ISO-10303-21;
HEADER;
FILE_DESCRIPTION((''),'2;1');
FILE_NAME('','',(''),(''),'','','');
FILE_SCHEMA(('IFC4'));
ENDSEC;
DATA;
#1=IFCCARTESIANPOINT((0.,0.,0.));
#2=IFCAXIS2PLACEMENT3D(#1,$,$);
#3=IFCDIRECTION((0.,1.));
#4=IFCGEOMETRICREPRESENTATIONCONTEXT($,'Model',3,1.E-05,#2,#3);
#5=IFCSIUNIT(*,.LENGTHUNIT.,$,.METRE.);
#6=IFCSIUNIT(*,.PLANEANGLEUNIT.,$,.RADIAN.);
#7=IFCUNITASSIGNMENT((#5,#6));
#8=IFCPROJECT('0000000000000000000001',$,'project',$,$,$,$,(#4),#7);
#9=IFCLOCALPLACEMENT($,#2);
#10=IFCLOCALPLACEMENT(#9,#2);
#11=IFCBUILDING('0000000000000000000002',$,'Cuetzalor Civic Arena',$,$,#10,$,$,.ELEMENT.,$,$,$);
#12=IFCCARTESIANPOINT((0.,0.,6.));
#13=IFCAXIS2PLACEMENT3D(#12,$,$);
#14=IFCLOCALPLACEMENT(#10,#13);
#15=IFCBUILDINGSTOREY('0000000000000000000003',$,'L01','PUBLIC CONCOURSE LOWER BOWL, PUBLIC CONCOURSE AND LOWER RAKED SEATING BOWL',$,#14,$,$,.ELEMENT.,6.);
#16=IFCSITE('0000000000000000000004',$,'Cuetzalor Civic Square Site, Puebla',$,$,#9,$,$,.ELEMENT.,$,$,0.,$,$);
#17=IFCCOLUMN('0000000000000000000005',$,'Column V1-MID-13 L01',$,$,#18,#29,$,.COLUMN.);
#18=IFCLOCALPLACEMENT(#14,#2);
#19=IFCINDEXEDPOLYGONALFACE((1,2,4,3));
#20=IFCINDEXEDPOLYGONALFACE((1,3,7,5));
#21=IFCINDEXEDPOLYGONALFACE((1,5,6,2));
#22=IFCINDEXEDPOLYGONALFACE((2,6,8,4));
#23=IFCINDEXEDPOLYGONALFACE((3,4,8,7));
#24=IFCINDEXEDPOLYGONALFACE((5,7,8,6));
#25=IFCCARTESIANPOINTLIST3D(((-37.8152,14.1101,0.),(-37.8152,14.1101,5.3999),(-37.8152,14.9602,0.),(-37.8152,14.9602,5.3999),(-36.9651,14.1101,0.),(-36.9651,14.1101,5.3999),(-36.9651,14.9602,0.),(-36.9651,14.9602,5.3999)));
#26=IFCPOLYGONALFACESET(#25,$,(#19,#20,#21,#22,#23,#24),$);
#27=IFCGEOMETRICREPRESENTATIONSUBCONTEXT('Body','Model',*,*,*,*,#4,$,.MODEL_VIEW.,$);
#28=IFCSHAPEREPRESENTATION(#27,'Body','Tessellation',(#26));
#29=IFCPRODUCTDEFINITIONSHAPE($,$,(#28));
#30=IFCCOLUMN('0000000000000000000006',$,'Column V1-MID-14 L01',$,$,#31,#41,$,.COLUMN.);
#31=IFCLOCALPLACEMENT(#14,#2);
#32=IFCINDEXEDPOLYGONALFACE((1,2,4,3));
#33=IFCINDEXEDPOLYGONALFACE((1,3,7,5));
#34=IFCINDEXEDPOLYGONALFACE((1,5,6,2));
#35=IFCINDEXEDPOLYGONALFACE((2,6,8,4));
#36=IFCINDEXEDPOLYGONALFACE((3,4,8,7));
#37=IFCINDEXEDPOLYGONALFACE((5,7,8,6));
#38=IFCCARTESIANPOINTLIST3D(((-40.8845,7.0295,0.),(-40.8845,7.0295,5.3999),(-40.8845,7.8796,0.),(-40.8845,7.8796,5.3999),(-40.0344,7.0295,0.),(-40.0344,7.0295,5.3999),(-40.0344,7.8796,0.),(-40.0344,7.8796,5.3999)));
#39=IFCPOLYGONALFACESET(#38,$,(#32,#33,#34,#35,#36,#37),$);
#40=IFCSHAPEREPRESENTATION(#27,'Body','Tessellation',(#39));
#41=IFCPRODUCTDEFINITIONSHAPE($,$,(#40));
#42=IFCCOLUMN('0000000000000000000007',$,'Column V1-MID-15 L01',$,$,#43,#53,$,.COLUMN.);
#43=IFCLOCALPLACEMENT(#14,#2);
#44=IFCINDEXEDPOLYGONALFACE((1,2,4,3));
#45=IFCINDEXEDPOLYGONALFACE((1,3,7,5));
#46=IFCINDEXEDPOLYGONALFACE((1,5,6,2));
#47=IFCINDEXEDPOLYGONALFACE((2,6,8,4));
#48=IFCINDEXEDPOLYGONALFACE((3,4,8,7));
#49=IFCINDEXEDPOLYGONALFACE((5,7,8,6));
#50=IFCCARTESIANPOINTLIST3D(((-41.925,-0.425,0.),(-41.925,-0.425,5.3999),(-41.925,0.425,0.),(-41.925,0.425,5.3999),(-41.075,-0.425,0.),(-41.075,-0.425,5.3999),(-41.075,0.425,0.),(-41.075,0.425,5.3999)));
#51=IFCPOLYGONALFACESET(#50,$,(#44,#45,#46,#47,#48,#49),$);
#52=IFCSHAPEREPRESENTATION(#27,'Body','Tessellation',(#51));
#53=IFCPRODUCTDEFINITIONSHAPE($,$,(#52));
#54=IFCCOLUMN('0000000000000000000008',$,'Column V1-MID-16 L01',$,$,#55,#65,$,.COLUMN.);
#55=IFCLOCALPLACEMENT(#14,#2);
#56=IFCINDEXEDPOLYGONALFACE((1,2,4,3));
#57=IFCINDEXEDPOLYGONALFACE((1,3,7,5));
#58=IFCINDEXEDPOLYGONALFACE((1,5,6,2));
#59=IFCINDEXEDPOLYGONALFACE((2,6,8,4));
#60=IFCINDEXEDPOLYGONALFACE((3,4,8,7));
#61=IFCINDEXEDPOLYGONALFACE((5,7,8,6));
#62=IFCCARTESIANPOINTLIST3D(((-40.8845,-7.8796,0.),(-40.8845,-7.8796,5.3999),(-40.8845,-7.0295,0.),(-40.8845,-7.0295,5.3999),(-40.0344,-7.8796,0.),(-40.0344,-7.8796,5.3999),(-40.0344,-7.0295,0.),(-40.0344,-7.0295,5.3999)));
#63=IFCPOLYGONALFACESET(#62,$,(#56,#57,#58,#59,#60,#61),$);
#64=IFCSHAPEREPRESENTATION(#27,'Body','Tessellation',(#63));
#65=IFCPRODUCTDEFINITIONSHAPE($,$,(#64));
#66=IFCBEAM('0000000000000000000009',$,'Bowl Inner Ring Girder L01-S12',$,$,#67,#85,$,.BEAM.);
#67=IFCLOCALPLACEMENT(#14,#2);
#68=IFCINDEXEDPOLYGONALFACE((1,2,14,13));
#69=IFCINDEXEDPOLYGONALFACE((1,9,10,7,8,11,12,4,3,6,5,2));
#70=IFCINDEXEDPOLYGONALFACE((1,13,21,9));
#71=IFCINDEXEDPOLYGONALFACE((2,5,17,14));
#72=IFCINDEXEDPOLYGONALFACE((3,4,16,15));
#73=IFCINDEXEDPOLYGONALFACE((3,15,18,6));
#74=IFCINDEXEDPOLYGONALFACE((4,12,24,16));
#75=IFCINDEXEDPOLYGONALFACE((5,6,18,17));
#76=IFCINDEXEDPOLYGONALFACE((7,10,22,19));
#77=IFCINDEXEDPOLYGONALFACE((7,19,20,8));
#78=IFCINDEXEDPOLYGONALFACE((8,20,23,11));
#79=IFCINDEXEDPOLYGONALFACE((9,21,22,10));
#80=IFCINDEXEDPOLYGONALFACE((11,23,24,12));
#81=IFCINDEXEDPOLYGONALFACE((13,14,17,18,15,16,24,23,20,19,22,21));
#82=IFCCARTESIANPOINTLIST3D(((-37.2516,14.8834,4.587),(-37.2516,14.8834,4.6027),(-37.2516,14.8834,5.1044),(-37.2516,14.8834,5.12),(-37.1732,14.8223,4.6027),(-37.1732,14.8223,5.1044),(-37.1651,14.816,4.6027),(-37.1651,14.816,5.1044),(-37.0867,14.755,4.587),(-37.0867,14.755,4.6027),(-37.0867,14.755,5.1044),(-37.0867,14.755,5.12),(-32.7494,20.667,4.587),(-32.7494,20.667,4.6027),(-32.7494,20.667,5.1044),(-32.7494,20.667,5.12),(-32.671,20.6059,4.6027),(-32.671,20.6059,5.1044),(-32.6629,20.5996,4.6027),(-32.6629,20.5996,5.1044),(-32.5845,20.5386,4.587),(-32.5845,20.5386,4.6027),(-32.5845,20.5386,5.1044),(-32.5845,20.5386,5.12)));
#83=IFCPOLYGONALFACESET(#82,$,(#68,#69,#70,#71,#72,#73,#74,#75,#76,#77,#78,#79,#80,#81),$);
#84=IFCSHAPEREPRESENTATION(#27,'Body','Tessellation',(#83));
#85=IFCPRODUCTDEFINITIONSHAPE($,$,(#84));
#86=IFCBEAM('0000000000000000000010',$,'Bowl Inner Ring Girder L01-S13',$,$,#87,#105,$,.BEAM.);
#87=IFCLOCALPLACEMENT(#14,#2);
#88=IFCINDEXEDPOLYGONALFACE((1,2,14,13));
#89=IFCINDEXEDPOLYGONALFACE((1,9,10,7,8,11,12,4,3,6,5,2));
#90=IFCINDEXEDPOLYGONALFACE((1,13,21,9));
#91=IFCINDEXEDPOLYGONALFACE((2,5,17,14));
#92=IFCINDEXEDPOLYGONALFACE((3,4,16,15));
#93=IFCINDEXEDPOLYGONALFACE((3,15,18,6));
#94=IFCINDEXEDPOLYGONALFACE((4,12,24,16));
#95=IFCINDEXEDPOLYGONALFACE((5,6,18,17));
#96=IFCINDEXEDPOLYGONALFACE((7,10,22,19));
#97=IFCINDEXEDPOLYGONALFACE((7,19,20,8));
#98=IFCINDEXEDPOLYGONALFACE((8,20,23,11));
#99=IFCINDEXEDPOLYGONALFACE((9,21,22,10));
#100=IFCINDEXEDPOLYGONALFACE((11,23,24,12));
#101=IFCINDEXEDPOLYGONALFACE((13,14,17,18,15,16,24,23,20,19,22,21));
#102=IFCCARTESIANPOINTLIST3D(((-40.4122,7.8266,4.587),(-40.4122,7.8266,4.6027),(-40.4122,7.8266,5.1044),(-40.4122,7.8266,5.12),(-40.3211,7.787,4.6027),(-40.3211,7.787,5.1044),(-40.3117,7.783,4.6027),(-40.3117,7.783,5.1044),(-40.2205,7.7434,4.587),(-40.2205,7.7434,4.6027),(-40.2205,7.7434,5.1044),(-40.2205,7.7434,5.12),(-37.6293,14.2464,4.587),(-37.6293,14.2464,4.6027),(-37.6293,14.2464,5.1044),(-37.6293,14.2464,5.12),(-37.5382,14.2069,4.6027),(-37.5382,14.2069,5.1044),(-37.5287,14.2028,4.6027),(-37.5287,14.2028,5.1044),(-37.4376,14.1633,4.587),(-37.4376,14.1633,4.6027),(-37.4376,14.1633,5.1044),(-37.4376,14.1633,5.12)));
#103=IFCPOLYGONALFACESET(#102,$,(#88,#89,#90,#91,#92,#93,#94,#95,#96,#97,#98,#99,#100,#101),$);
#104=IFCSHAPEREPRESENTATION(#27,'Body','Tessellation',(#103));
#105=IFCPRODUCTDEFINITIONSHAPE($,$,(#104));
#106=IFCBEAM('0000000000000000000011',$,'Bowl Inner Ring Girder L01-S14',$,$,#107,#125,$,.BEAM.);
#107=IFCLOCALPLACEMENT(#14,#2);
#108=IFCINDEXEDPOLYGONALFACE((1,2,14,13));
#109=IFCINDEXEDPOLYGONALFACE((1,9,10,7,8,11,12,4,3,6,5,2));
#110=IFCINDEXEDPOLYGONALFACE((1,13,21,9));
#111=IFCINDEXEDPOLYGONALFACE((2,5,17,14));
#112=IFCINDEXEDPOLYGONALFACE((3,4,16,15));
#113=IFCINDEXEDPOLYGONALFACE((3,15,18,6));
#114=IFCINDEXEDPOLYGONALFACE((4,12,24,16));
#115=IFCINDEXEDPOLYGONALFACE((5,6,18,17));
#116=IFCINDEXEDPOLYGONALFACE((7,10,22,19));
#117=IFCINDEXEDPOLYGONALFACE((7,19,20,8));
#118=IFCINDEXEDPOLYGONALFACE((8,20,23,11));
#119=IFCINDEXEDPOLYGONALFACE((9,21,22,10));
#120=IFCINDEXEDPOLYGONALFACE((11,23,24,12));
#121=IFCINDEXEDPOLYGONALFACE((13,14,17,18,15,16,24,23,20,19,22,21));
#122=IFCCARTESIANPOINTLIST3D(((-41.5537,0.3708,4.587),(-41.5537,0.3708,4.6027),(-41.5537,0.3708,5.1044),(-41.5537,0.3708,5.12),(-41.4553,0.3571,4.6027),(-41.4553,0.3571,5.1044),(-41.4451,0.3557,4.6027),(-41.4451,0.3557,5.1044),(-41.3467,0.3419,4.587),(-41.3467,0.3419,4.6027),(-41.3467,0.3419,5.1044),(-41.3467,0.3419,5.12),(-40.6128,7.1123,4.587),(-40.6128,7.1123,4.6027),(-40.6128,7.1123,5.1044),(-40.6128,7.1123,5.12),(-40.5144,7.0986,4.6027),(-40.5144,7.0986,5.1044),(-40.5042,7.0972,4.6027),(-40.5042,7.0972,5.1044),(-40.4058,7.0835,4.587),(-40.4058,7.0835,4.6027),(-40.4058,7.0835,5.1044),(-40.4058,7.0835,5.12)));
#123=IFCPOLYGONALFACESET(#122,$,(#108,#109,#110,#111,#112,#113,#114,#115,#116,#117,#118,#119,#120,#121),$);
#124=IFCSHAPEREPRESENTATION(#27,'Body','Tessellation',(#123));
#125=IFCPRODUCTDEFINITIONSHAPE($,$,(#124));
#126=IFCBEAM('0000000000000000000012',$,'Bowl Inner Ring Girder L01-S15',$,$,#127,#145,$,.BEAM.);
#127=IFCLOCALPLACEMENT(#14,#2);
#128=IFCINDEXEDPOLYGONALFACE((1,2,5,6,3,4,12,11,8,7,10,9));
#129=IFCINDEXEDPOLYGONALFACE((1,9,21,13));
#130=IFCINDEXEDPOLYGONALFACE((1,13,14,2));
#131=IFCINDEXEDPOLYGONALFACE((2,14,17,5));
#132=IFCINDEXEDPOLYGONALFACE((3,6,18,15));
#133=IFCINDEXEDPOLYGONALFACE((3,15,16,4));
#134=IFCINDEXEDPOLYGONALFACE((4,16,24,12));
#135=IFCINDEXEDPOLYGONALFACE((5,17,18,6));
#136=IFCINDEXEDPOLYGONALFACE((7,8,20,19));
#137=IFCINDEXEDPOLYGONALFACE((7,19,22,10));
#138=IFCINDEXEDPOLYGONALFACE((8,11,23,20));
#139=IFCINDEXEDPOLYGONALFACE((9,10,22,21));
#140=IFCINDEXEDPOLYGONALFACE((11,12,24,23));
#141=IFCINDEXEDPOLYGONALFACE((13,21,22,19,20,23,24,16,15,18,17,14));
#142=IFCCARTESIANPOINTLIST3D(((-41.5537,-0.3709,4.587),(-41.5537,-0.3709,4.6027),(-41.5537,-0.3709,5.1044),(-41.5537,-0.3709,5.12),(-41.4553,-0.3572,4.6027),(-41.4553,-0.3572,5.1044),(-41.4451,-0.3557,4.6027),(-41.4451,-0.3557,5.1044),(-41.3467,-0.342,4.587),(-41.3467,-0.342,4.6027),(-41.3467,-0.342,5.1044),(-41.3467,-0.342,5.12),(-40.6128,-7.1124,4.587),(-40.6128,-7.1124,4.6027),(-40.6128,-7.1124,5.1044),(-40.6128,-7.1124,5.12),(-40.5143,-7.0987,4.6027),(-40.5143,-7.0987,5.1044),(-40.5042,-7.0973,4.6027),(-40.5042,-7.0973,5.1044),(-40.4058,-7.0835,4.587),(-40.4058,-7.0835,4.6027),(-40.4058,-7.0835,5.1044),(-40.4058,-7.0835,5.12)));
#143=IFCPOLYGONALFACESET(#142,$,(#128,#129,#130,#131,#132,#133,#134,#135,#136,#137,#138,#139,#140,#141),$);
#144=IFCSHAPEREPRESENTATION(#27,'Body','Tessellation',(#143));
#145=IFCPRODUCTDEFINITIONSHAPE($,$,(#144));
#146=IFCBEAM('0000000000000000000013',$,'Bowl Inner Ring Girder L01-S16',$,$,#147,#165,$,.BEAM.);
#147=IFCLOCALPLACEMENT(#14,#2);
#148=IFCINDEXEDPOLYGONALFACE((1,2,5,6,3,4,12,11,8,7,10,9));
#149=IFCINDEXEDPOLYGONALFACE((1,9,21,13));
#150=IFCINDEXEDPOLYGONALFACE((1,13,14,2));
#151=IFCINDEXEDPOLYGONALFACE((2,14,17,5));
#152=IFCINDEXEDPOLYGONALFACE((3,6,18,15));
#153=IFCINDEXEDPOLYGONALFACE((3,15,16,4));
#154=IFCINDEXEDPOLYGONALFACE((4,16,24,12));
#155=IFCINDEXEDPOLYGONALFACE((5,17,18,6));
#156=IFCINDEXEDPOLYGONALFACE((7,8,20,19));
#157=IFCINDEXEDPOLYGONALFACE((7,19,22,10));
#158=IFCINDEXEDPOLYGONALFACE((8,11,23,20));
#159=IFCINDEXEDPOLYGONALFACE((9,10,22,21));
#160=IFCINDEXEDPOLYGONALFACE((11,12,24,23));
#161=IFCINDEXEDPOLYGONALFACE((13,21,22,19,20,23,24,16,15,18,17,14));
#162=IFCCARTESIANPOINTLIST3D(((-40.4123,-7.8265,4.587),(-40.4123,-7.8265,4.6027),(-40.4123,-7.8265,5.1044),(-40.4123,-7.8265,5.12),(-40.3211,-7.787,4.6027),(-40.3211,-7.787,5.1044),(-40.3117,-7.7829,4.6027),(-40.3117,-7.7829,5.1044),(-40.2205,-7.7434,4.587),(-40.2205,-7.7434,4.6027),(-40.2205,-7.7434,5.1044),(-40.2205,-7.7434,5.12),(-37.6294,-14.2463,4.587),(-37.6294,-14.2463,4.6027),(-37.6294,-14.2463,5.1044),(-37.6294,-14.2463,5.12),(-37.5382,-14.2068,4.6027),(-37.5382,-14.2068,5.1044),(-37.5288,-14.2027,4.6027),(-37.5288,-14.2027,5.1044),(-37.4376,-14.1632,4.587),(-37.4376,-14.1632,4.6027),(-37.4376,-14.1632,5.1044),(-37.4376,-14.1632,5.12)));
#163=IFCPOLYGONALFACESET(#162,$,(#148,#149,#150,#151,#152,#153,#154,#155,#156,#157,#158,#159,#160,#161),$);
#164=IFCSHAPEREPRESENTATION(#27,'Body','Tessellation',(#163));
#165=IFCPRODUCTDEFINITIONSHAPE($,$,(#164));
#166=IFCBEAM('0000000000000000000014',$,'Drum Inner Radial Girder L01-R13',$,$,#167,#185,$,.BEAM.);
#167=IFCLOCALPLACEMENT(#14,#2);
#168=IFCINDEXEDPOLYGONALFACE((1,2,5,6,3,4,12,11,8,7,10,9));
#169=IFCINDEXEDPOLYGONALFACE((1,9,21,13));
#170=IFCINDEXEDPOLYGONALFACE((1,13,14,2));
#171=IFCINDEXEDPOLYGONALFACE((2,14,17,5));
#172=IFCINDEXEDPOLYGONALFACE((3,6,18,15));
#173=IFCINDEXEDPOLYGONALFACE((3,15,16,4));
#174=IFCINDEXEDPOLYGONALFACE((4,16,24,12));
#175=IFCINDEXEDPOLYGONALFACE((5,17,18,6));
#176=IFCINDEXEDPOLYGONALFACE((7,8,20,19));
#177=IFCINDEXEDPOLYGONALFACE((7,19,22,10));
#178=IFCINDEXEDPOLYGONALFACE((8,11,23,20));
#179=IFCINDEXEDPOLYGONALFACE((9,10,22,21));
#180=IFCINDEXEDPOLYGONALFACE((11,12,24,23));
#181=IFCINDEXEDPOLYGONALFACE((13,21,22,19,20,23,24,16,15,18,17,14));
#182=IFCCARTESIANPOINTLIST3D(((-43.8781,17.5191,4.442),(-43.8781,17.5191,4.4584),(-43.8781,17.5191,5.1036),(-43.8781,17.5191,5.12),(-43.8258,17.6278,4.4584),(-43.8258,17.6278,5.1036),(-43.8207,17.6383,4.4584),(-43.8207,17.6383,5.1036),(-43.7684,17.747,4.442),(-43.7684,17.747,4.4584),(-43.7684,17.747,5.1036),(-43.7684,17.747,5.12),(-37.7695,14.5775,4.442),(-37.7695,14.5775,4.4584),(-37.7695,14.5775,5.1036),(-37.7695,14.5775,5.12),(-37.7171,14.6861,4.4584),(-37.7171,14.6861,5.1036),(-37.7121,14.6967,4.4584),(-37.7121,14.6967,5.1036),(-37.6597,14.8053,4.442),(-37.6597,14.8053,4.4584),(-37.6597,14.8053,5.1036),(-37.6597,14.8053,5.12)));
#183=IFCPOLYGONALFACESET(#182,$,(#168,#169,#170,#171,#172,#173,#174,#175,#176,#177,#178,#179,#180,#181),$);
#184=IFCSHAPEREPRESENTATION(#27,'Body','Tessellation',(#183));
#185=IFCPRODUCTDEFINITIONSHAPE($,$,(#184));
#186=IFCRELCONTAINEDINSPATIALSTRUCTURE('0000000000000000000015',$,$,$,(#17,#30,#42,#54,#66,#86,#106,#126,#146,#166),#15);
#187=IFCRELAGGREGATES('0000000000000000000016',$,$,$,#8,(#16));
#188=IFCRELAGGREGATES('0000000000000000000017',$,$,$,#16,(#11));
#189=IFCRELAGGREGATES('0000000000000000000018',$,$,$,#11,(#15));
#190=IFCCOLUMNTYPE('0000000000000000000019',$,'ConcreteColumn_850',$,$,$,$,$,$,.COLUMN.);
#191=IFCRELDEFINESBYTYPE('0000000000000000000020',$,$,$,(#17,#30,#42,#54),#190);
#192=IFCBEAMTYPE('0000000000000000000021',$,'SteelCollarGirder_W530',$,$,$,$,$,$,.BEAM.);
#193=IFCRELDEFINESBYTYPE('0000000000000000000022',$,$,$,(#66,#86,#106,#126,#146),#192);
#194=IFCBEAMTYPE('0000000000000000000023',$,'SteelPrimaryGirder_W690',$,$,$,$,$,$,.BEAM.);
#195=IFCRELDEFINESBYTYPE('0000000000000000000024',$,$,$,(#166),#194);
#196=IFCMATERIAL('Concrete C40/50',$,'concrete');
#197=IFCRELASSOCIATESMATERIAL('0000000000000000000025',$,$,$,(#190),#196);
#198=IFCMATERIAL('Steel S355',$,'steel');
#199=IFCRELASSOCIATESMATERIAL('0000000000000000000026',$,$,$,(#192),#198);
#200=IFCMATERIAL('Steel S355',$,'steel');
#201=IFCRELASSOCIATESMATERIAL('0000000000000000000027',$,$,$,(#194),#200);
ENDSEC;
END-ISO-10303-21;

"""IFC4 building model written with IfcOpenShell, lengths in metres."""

from ifc_helpers import new_model, si_unit, direction, frame, origin, origin_2d, place, context, subcontext, project, spatial, rectangle, i_section, extrude, material, material_profile, profile_set, type_object, element, save


model = new_model("IFC4")

# Units and contexts
model_context = context("Model", 3, precision=1e-05, world=origin(), true_north=direction((0.0, 1.0)))
body_context = subcontext(model_context, "Body", "Model", "MODEL_VIEW")
ifc_project = project(units=[si_unit("LENGTHUNIT", "METRE"), si_unit("PLANEANGLEUNIT", "RADIAN")], contexts=[model_context])

# Site, building, storey
site_placement = place(None, origin())
site = spatial("IfcSite", under=ifc_project, at=site_placement, Name="Cuetzalor Civic Square Site, Puebla", CompositionType="ELEMENT", RefElevation=0.0)
building_placement = place(site_placement, origin())
building = spatial("IfcBuilding", under=site, at=building_placement, Name="Cuetzalor Civic Arena", CompositionType="ELEMENT")
storey_placement = place(building_placement, frame((0.0, 0.0, 6.0)))
storey = spatial("IfcBuildingStorey", under=building, at=storey_placement, Name="L01", Description="PUBLIC CONCOURSE LOWER BOWL, PUBLIC CONCOURSE AND LOWER RAKED SEATING BOWL", CompositionType="ELEMENT", Elevation=6.0)

# Columns
ifc_material_1 = material(Name="Concrete C40/50", Category="concrete")
ifc_material_profile_1 = material_profile(ifc_material_1, rectangle(XDim=0.8501, YDim=0.8501, at=origin_2d()), Name="RC 850x850")
ifc_profile_set_1 = profile_set([ifc_material_profile_1], Name="Concrete C40/50")
column_type = type_object("IfcColumnType", Name="ConcreteColumn_850", PredefinedType="COLUMN", material=ifc_profile_set_1)
for number, where, z_axis, x_axis, name in (
    (1, (-37.3901, 14.5352, 0.0), (0.0, 0.0, 1.0), (1.0, 0.0, 0.0), "Column V1-MID-13 L01"),
    (2, (-40.4595, 7.4546, 0.0), (0.0, 0.0, 1.0), (1.0, 0.0, 0.0), "Column V1-MID-14 L01"),
    (3, (-41.5, 0.0, 0.0), (0.0, 0.0, 1.0), (1.0, 0.0, 0.0), "Column V1-MID-15 L01"),
    (4, (-40.4595, -7.4546, 0.0), (0.0, 0.0, 1.0), (1.0, 0.0, 0.0), "Column V1-MID-16 L01"),
):
    element("IfcColumn", number, at=place(storey_placement, frame(where, z_axis=z_axis, x_axis=x_axis)), inside=storey, type_object=column_type, Name=name, PredefinedType="COLUMN", context=body_context, shape_type="SweptSolid", body=[
        extrude(rectangle(XDim=0.8501, YDim=0.8501, at=origin_2d()), origin(), (0.0, 0.0, 1.0), 5.3999),
    ])

# Beams
ifc_material_2 = material(Name="Steel S355", Category="steel")
ifc_material_profile_2 = material_profile(ifc_material_2, i_section(OverallWidth=0.209, OverallDepth=0.533, WebThickness=0.0103, FlangeThickness=0.0156, at=origin_2d()), Name="W530x92")
ifc_profile_set_2 = profile_set([ifc_material_profile_2], Name="Steel S355")
beam_type_1 = type_object("IfcBeamType", Name="SteelCollarGirder_W530", PredefinedType="BEAM", material=ifc_profile_set_2)
beam_1_placement = place(storey_placement, frame((-32.667, 20.6028, 4.8535), z_axis=(-0.614261, -0.789103, 0.0), x_axis=(0.789103, -0.614261, 0.0)))
element("IfcBeam", 5, at=beam_1_placement, inside=storey, type_object=beam_type_1, Name="Bowl Inner Ring Girder L01-S12", PredefinedType="BEAM", context=body_context, shape_type="SweptSolid", body=[
    extrude(i_section(OverallWidth=0.209, OverallDepth=0.533, WebThickness=0.0103, FlangeThickness=0.0156, at=origin_2d()), origin(), (0.0, 0.0, 1.0), 7.3293),
])
beam_2_placement = place(storey_placement, frame((-37.5334, 14.2048, 4.8535), z_axis=(-0.397727, -0.917504, 0.0), x_axis=(0.917504, -0.397727, 0.0)))
element("IfcBeam", 6, at=beam_2_placement, inside=storey, type_object=beam_type_1, Name="Bowl Inner Ring Girder L01-S13", PredefinedType="BEAM", context=body_context, shape_type="SweptSolid", body=[
    extrude(i_section(OverallWidth=0.209, OverallDepth=0.533, WebThickness=0.0103, FlangeThickness=0.0156, at=origin_2d()), origin(), (0.0, 0.0, 1.0), 6.9971),
])
for number, where, z_axis, x_axis, name in (
    (7, (-40.5093, 7.0979, 4.8535), (-0.138232, -0.9904, 0.0), (0.9904, -0.138232, 0.0), "Bowl Inner Ring Girder L01-S14"),
    (8, (-41.4502, -0.3564, 4.8535), (0.138232, -0.9904, 0.0), (0.9904, 0.138232, 0.0), "Bowl Inner Ring Girder L01-S15"),
):
    element("IfcBeam", number, at=place(storey_placement, frame(where, z_axis=z_axis, x_axis=x_axis)), inside=storey, type_object=beam_type_1, Name=name, PredefinedType="BEAM", context=body_context, shape_type="SweptSolid", body=[
        extrude(i_section(OverallWidth=0.209, OverallDepth=0.533, WebThickness=0.0103, FlangeThickness=0.0156, at=origin_2d()), origin(), (0.0, 0.0, 1.0), 6.8069),
    ])
beam_3_placement = place(storey_placement, frame((-40.3164, -7.7849, 4.8535), z_axis=(0.397727, -0.917504, 0.0), x_axis=(0.917504, 0.397727, 0.0)))
element("IfcBeam", 9, at=beam_3_placement, inside=storey, type_object=beam_type_1, Name="Bowl Inner Ring Girder L01-S16", PredefinedType="BEAM", context=body_context, shape_type="SweptSolid", body=[
    extrude(i_section(OverallWidth=0.209, OverallDepth=0.533, WebThickness=0.0103, FlangeThickness=0.0156, at=origin_2d()), origin(), (0.0, 0.0, 1.0), 6.9971),
])
ifc_material_3 = material(Name="Steel S355", Category="steel")
ifc_material_profile_3 = material_profile(ifc_material_3, i_section(OverallWidth=0.2529, OverallDepth=0.678, WebThickness=0.0117, FlangeThickness=0.0164, at=origin_2d()), Name="W690x125")
ifc_profile_set_3 = profile_set([ifc_material_profile_3], Name="Steel S355")
beam_type_2 = type_object("IfcBeamType", Name="SteelPrimaryGirder_W690", PredefinedType="BEAM", material=ifc_profile_set_3)
beam_4_placement = place(storey_placement, frame((-37.7146, 14.6914, 4.781), z_axis=(-0.900976, 0.43387, 0.0), x_axis=(-0.43387, -0.900976, 0.0)))
element("IfcBeam", 10, at=beam_4_placement, inside=storey, type_object=beam_type_2, Name="Drum Inner Radial Girder L01-R13", PredefinedType="BEAM", context=body_context, shape_type="SweptSolid", body=[
    extrude(i_section(OverallWidth=0.2529, OverallDepth=0.678, WebThickness=0.0117, FlangeThickness=0.0164, at=origin_2d()), origin(), (0.0, 0.0, 1.0), 6.78),
])

save(model, "model.ifc")
